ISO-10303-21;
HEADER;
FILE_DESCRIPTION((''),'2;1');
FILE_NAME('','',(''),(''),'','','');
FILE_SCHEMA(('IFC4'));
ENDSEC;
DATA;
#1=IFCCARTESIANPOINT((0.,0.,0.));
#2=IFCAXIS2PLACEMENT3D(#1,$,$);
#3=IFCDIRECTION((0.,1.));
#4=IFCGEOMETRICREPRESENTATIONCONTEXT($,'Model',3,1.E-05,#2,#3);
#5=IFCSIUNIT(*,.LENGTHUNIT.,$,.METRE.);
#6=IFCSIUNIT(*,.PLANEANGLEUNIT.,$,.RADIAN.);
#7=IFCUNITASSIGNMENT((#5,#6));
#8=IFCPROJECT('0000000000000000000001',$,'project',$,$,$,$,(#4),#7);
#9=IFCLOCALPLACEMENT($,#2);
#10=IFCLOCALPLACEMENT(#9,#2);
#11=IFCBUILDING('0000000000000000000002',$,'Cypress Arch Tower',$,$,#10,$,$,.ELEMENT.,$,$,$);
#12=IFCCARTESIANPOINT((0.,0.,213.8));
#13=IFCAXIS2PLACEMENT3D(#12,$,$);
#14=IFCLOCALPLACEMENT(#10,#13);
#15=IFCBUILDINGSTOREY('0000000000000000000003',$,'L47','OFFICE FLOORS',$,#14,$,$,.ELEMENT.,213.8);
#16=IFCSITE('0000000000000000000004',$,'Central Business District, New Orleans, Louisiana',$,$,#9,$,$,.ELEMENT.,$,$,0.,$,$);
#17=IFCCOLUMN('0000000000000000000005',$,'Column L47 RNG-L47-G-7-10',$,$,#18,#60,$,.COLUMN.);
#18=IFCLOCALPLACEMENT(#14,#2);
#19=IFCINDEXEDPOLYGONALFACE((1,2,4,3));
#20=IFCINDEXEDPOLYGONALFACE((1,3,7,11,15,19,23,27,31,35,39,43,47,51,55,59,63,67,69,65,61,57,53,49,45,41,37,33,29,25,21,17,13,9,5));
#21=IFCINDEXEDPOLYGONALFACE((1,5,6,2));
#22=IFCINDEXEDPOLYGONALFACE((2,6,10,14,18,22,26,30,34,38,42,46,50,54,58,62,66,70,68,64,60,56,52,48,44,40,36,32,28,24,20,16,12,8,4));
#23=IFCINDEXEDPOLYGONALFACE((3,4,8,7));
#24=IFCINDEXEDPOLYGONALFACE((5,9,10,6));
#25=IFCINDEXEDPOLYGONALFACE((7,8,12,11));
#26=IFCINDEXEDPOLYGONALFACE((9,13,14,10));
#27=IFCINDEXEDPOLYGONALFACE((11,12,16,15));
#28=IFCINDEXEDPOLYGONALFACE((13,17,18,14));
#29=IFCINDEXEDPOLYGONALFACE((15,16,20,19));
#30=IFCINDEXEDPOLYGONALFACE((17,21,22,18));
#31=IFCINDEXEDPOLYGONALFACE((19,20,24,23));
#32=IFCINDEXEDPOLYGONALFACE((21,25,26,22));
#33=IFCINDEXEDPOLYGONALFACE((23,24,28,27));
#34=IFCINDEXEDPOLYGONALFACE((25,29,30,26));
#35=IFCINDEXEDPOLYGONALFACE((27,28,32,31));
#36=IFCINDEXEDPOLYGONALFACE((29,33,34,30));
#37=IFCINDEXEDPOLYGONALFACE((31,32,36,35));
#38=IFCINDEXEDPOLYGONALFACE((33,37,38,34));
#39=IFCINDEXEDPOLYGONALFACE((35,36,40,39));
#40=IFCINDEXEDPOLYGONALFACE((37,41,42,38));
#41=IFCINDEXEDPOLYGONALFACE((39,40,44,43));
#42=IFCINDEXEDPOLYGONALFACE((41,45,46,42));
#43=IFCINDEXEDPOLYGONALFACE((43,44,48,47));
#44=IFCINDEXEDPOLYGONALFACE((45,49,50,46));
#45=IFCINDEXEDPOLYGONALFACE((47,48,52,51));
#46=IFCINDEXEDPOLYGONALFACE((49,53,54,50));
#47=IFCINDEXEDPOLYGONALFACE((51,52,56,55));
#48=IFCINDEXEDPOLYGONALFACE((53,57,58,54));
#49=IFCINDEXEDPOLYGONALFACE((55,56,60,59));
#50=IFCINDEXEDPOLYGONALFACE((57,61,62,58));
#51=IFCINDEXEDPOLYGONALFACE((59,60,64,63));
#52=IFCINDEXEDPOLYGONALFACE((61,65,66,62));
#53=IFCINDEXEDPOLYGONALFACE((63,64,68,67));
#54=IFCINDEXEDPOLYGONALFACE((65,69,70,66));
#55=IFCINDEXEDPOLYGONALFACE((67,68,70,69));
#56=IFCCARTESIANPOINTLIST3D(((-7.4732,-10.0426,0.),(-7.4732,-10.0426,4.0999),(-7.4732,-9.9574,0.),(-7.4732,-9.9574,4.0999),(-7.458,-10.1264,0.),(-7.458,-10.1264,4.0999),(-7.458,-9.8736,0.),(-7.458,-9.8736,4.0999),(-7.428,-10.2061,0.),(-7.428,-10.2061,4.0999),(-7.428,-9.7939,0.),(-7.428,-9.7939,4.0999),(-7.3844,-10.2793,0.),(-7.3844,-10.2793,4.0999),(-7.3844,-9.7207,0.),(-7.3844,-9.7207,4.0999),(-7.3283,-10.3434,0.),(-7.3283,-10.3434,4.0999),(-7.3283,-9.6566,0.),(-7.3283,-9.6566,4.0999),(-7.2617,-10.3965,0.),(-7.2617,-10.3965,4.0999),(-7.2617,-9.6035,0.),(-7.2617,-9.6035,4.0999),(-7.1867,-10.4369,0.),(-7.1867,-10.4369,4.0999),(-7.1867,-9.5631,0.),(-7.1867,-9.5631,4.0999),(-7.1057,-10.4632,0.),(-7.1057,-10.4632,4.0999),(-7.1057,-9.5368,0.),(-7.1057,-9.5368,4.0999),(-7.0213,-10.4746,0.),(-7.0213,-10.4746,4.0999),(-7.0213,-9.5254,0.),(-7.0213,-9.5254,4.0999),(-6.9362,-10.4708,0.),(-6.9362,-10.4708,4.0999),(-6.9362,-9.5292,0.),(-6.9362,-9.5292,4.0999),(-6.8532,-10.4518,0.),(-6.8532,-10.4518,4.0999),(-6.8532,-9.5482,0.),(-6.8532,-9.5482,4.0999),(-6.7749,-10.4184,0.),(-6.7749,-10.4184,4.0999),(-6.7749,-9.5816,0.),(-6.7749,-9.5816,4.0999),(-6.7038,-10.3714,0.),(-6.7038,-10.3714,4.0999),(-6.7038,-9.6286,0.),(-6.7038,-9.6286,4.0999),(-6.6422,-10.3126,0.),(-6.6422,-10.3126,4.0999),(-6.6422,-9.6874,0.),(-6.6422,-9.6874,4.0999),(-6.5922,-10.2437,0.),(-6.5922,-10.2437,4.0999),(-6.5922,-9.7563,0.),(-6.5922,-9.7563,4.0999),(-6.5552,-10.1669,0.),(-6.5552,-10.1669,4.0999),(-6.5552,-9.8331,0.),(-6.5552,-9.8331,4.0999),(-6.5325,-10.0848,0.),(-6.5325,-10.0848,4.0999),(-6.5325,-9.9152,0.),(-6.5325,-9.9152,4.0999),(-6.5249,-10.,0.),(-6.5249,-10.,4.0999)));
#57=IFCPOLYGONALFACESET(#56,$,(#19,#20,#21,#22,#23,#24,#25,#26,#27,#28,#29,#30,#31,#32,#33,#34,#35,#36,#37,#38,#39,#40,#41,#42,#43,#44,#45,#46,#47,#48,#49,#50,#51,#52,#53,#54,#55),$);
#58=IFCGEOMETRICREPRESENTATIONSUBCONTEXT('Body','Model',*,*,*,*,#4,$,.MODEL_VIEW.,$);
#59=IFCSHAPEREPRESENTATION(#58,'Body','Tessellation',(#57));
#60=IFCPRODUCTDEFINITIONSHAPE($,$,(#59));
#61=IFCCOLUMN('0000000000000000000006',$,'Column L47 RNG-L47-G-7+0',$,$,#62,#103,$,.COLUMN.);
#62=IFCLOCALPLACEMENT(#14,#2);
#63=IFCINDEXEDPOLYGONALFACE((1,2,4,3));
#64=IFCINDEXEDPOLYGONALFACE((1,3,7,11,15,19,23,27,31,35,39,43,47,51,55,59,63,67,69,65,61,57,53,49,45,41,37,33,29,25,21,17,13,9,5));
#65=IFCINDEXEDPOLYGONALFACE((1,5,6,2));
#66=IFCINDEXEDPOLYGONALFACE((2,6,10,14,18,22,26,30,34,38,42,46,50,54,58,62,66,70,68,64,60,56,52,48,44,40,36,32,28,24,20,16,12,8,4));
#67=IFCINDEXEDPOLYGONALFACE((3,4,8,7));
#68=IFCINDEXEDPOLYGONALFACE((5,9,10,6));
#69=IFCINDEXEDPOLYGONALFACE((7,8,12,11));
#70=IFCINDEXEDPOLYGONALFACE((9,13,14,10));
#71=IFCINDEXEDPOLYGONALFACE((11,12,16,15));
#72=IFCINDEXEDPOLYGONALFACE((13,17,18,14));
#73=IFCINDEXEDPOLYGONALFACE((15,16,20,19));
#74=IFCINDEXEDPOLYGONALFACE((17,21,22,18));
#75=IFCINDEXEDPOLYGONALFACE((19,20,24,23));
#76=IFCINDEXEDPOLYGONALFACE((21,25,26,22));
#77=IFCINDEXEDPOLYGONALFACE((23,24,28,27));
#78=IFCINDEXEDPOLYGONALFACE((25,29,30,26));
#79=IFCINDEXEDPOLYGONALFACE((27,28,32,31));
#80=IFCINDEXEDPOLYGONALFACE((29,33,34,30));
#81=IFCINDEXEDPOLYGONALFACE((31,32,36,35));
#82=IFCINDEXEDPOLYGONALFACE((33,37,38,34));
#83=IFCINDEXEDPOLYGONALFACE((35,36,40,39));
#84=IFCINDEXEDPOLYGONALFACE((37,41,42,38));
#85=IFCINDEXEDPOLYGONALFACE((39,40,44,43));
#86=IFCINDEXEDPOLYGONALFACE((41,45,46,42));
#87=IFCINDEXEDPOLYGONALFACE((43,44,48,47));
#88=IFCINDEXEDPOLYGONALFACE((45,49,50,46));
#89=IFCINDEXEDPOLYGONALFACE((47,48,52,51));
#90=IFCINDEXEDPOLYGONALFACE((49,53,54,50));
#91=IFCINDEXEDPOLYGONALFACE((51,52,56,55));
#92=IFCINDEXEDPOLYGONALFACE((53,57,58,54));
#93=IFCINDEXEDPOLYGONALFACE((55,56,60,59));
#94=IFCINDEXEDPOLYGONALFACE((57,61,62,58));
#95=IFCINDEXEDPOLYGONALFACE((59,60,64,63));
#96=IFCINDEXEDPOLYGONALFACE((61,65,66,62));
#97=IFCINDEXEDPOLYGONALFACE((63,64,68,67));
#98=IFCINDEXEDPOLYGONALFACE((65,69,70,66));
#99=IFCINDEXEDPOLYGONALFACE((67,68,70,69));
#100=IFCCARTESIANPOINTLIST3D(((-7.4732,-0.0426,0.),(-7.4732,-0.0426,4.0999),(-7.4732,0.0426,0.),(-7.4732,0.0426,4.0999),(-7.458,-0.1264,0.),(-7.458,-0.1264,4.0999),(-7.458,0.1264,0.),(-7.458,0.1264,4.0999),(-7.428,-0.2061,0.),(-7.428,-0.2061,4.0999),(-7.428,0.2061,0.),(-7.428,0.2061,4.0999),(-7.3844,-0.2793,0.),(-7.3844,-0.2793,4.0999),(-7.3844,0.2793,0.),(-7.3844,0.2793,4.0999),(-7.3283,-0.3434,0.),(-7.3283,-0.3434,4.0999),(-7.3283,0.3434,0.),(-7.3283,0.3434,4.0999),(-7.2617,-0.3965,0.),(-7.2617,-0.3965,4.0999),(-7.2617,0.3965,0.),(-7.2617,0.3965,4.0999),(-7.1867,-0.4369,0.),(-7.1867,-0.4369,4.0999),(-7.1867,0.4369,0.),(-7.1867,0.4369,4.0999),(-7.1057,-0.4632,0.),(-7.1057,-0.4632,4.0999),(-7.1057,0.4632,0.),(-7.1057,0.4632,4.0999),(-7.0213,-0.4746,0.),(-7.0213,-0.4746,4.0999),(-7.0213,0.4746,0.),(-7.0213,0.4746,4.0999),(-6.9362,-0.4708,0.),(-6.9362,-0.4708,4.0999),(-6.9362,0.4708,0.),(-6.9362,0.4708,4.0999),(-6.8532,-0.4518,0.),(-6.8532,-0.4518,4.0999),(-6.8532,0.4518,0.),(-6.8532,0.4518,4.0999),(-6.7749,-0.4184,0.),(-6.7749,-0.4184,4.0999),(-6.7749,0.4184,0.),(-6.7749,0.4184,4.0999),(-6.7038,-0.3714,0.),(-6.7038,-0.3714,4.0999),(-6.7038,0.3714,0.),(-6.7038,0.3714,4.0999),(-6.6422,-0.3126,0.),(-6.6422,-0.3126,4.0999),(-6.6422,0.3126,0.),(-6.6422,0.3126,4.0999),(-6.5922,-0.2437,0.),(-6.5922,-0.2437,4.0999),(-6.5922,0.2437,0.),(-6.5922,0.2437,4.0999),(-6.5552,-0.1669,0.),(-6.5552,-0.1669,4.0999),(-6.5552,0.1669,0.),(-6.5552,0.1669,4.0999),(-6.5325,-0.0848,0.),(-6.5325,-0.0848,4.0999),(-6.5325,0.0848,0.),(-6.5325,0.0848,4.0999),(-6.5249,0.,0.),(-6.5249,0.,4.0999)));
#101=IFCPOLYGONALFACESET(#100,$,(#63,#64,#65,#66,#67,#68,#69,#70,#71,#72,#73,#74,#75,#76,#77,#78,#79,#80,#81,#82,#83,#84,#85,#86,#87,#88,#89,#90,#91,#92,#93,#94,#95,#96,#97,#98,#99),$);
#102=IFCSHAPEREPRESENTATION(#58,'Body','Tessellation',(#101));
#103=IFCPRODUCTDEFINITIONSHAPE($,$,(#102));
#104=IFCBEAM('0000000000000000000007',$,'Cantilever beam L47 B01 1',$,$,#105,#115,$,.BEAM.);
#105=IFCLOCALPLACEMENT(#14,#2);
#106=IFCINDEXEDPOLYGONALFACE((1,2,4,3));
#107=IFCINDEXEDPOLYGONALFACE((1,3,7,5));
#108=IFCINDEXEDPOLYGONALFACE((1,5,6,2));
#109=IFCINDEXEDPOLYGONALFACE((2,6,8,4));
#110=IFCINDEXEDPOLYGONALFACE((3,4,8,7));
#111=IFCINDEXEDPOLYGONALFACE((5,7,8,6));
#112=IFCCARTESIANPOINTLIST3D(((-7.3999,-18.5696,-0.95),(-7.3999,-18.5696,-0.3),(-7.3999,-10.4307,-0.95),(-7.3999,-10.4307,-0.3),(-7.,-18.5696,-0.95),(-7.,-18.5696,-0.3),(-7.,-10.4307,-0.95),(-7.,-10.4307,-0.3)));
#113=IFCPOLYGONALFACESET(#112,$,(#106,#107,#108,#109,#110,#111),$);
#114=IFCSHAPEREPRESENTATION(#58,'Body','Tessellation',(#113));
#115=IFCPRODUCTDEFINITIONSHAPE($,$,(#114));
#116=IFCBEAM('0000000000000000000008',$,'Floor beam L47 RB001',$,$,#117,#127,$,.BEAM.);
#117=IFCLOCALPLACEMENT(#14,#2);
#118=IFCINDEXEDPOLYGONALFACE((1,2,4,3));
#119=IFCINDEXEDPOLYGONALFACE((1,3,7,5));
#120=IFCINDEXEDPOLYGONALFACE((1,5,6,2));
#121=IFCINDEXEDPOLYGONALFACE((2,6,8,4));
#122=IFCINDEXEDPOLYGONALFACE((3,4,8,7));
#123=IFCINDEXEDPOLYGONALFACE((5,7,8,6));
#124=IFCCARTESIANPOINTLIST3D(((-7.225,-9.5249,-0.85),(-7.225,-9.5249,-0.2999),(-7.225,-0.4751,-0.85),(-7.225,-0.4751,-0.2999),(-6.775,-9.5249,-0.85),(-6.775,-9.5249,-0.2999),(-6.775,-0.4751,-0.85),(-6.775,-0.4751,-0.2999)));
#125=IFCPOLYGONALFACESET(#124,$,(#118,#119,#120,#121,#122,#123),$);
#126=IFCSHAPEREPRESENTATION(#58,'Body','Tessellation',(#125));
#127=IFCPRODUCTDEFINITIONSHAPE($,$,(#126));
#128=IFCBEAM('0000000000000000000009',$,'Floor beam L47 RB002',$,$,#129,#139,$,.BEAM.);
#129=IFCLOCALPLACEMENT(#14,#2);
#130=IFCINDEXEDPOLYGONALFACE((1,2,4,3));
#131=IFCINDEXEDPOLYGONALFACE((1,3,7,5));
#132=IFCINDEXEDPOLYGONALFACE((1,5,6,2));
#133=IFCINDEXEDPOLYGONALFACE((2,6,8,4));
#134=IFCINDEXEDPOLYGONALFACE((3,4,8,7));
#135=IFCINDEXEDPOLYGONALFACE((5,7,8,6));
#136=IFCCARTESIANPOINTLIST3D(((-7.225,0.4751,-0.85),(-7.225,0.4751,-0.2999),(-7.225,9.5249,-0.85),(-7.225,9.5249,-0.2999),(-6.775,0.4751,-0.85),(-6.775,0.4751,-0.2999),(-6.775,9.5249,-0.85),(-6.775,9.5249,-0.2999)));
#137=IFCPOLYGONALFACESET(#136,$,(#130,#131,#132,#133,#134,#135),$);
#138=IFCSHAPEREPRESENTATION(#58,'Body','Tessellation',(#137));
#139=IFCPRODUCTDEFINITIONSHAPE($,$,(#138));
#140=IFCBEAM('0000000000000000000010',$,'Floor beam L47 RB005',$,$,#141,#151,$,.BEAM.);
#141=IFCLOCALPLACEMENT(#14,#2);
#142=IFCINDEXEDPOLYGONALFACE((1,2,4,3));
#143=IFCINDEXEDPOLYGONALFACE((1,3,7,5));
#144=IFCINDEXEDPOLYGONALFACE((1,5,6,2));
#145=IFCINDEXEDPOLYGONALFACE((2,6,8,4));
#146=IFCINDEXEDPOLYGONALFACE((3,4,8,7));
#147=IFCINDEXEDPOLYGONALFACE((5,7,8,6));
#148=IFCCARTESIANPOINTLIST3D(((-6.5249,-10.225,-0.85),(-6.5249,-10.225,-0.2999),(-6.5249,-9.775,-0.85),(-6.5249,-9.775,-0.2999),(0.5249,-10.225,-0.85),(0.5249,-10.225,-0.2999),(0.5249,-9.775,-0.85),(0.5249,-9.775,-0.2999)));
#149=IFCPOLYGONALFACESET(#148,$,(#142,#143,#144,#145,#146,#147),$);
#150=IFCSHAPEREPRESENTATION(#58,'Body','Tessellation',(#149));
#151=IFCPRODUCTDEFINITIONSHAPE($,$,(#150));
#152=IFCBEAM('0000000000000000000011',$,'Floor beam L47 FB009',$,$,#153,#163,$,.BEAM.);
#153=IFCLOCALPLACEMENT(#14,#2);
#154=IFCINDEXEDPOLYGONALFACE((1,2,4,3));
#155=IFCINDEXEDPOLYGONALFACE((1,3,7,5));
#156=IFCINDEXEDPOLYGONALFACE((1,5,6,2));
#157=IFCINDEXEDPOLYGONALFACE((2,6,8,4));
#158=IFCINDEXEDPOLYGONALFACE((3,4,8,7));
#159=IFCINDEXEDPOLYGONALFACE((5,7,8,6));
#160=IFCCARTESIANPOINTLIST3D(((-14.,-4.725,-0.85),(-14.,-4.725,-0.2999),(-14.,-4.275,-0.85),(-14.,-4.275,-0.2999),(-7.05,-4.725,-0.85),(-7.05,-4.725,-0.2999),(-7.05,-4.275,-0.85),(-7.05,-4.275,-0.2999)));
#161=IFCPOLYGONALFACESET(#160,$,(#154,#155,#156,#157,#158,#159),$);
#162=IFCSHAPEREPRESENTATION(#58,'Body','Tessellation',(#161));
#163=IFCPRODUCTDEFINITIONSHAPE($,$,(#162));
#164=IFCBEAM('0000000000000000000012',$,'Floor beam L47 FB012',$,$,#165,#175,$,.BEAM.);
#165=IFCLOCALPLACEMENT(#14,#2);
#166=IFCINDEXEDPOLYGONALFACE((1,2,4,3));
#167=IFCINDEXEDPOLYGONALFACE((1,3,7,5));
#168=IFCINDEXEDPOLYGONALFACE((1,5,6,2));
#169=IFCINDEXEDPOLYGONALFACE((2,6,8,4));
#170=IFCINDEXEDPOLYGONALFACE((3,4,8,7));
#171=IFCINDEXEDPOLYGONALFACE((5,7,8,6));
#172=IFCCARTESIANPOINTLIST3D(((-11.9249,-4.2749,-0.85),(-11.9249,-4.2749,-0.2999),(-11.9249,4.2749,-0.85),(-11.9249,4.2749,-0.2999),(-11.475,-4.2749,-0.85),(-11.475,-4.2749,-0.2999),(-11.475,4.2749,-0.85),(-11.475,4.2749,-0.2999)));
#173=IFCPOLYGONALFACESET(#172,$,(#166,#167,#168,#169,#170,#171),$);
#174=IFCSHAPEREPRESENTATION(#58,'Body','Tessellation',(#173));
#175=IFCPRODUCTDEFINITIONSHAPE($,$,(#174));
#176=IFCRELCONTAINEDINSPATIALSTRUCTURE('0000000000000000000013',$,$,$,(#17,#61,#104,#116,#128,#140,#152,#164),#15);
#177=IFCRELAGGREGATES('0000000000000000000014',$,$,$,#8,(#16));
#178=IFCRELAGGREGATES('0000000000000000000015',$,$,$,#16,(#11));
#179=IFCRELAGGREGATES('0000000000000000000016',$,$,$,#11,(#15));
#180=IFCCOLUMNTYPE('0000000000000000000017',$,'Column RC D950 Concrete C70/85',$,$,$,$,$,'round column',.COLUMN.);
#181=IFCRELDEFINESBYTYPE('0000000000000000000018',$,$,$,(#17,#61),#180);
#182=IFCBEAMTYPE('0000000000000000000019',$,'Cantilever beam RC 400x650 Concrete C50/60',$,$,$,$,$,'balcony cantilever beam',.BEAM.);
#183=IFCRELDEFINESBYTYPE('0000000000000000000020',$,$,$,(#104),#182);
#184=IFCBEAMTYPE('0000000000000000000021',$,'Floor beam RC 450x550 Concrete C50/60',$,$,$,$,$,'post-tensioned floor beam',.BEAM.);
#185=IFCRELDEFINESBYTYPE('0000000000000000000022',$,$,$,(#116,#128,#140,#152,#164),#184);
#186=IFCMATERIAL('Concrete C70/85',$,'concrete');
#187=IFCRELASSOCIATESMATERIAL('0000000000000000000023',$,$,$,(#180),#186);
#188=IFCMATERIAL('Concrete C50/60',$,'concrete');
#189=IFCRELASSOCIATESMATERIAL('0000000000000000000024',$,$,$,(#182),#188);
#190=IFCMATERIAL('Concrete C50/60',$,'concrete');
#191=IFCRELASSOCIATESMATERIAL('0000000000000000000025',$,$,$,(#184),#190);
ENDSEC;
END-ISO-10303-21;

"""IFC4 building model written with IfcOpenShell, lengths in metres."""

from ifc_helpers import new_model, si_unit, direction, frame, origin, origin_2d, place, context, subcontext, project, spatial, rectangle, circle, extrude, material, material_profile, profile_set, type_object, element, save


model = new_model("IFC4")

# Units and contexts
model_context = context("Model", 3, precision=1e-05, world=origin(), true_north=direction((0.0, 1.0)))
body_context = subcontext(model_context, "Body", "Model", "MODEL_VIEW")
ifc_project = project(units=[si_unit("LENGTHUNIT", "METRE"), si_unit("PLANEANGLEUNIT", "RADIAN")], contexts=[model_context])

# Site, building, storey
site_placement = place(None, origin())
site = spatial("IfcSite", under=ifc_project, at=site_placement, Name="Central Business District, New Orleans, Louisiana", CompositionType="ELEMENT", RefElevation=0.0)
building_placement = place(site_placement, origin())
building = spatial("IfcBuilding", under=site, at=building_placement, Name="Cypress Arch Tower", CompositionType="ELEMENT")
storey_placement = place(building_placement, frame((0.0, 0.0, 213.8)))
storey = spatial("IfcBuildingStorey", under=building, at=storey_placement, Name="L47", Description="OFFICE FLOORS", CompositionType="ELEMENT", Elevation=213.8)

# Columns
ifc_material_1 = material(Name="Concrete C70/85", Category="concrete")
ifc_material_profile_1 = material_profile(ifc_material_1, circle(Radius=0.4751, at=origin_2d()), Name="RC D950")
ifc_profile_set_1 = profile_set([ifc_material_profile_1], Name="Concrete C70/85")
column_type = type_object("IfcColumnType", Name="Column RC D950 Concrete C70/85", ElementType="round column", PredefinedType="COLUMN", material=ifc_profile_set_1)
for number, where, z_axis, x_axis, name in (
    (1, (-7.0, -10.0, 0.0), (0.0, 0.0, 1.0), (1.0, 0.0, 0.0), "Column L47 RNG-L47-G-7-10"),
    (2, (-7.0, 0.0, 0.0), (0.0, 0.0, 1.0), (1.0, 0.0, 0.0), "Column L47 RNG-L47-G-7+0"),
):
    element("IfcColumn", number, at=place(storey_placement, frame(where, z_axis=z_axis, x_axis=x_axis)), inside=storey, type_object=column_type, Name=name, PredefinedType="COLUMN", context=body_context, shape_type="SweptSolid", body=[
        extrude(circle(Radius=0.4751, at=origin_2d()), origin(), (0.0, 0.0, 1.0), 4.0999),
    ])

# Beams
ifc_material_2 = material(Name="Concrete C50/60", Category="concrete")
ifc_material_profile_2 = material_profile(ifc_material_2, rectangle(XDim=0.3999, YDim=0.6499, at=origin_2d()), Name="RC 400x650")
ifc_profile_set_2 = profile_set([ifc_material_profile_2], Name="Concrete C50/60")
beam_type_1 = type_object("IfcBeamType", Name="Cantilever beam RC 400x650 Concrete C50/60", ElementType="balcony cantilever beam", PredefinedType="BEAM", material=ifc_profile_set_2)
beam_1_placement = place(storey_placement, frame((-7.2, -10.4307, -0.625), z_axis=(0.0, -1.0, 0.0), x_axis=(1.0, 0.0, 0.0)))
element("IfcBeam", 3, at=beam_1_placement, inside=storey, type_object=beam_type_1, Name="Cantilever beam L47 B01 1", PredefinedType="BEAM", context=body_context, shape_type="SweptSolid", body=[
    extrude(rectangle(XDim=0.3999, YDim=0.6499, at=origin_2d()), origin(), (0.0, 0.0, 1.0), 8.1389),
])
ifc_material_3 = material(Name="Concrete C50/60", Category="concrete")
ifc_material_profile_3 = material_profile(ifc_material_3, rectangle(XDim=0.45, YDim=0.55, at=origin_2d()), Name="RC 450x550")
ifc_profile_set_3 = profile_set([ifc_material_profile_3], Name="Concrete C50/60")
beam_type_2 = type_object("IfcBeamType", Name="Floor beam RC 450x550 Concrete C50/60", ElementType="post-tensioned floor beam", PredefinedType="BEAM", material=ifc_profile_set_3)
for number, where, z_axis, x_axis, name in (
    (4, (-7.0, -9.5249, -0.575), (0.0, 1.0, 0.0), (-1.0, 0.0, 0.0), "Floor beam L47 RB001"),
    (5, (-7.0, 0.4751, -0.575), (0.0, 1.0, 0.0), (-1.0, 0.0, 0.0), "Floor beam L47 RB002"),
):
    element("IfcBeam", number, at=place(storey_placement, frame(where, z_axis=z_axis, x_axis=x_axis)), inside=storey, type_object=beam_type_2, Name=name, PredefinedType="BEAM", context=body_context, shape_type="SweptSolid", body=[
        extrude(rectangle(XDim=0.45, YDim=0.55, at=origin_2d()), origin(), (0.0, 0.0, 1.0), 9.0498),
    ])
beam_2_placement = place(storey_placement, frame((-6.5249, -10.0, -0.575), z_axis=(1.0, 0.0, 0.0), x_axis=(0.0, 1.0, 0.0)))
element("IfcBeam", 6, at=beam_2_placement, inside=storey, type_object=beam_type_2, Name="Floor beam L47 RB005", PredefinedType="BEAM", context=body_context, shape_type="SweptSolid", body=[
    extrude(rectangle(XDim=0.45, YDim=0.55, at=origin_2d()), origin(), (0.0, 0.0, 1.0), 7.0498),
])
beam_3_placement = place(storey_placement, frame((-14.0, -4.5, -0.575), z_axis=(1.0, 0.0, 0.0), x_axis=(0.0, 1.0, 0.0)))
element("IfcBeam", 7, at=beam_3_placement, inside=storey, type_object=beam_type_2, Name="Floor beam L47 FB009", PredefinedType="BEAM", context=body_context, shape_type="SweptSolid", body=[
    extrude(rectangle(XDim=0.45, YDim=0.55, at=origin_2d()), origin(), (0.0, 0.0, 1.0), 6.95),
])
beam_4_placement = place(storey_placement, frame((-11.7, -4.2749, -0.575), z_axis=(0.0, 1.0, 0.0), x_axis=(-1.0, 0.0, 0.0)))
element("IfcBeam", 8, at=beam_4_placement, inside=storey, type_object=beam_type_2, Name="Floor beam L47 FB012", PredefinedType="BEAM", context=body_context, shape_type="SweptSolid", body=[
    extrude(rectangle(XDim=0.45, YDim=0.55, at=origin_2d()), origin(), (0.0, 0.0, 1.0), 8.5498),
])

save(model, "model.ifc")
